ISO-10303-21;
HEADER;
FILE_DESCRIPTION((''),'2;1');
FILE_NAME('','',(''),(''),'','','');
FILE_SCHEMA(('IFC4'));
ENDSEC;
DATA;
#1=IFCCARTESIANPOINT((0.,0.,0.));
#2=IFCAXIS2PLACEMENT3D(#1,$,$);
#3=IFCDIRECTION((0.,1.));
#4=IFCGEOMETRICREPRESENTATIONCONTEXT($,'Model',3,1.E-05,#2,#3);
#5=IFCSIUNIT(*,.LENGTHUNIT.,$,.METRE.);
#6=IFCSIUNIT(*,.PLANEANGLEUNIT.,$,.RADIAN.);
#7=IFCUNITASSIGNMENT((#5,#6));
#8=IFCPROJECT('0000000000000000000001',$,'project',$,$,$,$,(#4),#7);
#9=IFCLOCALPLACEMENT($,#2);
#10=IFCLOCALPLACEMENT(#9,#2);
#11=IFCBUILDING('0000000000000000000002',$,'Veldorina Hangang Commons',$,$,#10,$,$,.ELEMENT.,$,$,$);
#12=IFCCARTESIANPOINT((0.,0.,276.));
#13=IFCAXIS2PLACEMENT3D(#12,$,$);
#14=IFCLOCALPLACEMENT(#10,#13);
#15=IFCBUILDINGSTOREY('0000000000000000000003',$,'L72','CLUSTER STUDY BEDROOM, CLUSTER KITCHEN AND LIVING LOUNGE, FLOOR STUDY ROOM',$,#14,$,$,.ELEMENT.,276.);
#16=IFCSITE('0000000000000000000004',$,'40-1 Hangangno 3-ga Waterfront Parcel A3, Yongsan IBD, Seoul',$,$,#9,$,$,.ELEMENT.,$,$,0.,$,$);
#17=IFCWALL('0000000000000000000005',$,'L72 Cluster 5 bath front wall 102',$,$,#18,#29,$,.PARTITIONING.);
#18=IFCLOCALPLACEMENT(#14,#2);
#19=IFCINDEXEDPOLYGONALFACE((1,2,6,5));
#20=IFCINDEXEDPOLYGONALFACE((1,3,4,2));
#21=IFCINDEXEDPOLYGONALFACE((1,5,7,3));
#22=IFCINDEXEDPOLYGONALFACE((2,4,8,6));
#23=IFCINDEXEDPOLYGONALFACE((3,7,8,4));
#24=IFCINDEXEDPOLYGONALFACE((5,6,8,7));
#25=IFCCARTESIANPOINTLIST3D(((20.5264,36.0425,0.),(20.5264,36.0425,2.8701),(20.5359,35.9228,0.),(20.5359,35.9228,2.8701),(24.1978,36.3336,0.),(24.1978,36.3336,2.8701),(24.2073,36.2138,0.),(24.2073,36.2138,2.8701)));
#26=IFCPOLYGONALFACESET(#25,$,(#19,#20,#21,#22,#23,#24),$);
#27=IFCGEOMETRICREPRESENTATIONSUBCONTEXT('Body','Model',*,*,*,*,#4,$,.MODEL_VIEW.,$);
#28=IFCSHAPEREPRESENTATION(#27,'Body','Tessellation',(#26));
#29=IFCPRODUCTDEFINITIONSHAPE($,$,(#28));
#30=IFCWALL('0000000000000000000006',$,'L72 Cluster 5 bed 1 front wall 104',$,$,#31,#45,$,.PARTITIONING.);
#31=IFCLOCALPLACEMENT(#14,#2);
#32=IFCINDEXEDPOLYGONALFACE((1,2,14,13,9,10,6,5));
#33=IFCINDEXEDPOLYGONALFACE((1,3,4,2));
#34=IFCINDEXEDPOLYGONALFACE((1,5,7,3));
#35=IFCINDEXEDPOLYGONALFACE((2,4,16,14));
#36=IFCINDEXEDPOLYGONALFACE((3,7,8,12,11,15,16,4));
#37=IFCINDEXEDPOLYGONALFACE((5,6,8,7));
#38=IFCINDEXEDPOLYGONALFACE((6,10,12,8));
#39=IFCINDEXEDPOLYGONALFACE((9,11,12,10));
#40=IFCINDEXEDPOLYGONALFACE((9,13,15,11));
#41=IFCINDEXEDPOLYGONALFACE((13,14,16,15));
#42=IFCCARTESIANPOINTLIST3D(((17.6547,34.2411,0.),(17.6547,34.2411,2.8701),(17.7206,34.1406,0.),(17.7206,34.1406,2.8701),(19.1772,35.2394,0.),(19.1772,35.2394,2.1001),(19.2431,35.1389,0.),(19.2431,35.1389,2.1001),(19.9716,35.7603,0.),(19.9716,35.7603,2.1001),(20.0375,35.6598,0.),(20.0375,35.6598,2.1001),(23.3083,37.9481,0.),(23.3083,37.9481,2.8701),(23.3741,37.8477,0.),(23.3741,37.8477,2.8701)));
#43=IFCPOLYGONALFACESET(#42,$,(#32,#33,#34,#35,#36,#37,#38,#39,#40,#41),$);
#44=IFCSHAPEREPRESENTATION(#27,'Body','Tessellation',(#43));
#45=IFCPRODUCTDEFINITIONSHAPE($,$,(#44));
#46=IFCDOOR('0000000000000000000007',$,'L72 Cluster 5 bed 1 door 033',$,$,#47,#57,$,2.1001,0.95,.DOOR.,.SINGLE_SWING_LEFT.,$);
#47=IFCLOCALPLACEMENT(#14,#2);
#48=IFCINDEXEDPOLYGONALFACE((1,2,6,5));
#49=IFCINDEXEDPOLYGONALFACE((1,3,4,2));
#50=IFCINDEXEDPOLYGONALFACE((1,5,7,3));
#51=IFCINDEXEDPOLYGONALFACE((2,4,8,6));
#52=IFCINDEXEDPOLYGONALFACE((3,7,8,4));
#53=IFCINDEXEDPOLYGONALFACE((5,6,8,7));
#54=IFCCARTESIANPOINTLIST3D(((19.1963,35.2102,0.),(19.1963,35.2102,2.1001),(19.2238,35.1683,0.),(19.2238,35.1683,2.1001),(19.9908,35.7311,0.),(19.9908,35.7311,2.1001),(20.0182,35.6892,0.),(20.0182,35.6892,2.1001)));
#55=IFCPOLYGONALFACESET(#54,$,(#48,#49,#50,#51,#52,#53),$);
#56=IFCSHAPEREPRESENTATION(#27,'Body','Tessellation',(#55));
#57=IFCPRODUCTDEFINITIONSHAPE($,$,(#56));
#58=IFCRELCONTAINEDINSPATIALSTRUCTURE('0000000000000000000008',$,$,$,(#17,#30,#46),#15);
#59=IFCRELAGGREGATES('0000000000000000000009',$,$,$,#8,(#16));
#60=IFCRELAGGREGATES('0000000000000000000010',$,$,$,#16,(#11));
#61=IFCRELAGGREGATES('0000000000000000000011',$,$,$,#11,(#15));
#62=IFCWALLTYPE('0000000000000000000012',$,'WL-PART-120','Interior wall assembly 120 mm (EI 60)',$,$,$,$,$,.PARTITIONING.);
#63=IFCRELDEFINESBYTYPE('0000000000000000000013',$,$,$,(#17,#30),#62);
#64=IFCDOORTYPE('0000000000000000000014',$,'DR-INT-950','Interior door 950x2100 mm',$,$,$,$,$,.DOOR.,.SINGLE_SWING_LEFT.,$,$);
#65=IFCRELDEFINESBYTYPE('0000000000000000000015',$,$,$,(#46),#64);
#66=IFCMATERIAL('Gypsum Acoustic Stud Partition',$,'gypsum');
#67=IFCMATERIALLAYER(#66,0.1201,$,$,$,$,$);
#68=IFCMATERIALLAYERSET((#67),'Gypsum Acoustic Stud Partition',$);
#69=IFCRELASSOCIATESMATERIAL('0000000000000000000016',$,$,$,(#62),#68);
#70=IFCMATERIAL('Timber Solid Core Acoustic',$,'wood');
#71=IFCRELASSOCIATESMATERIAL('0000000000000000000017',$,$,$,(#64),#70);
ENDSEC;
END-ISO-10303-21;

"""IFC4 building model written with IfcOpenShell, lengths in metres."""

from ifc_helpers import new_model, si_unit, direction, frame, frame_2d, origin, place, context, subcontext, project, spatial, rectangle, extrude, material, layer, layer_set, type_object, element, fill, save


model = new_model("IFC4")

# Units and contexts
model_context = context("Model", 3, precision=1e-05, world=origin(), true_north=direction((0.0, 1.0)))
body_context = subcontext(model_context, "Body", "Model", "MODEL_VIEW")
ifc_project = project(units=[si_unit("LENGTHUNIT", "METRE"), si_unit("PLANEANGLEUNIT", "RADIAN")], contexts=[model_context])

# Site, building, storey
site_placement = place(None, origin())
site = spatial("IfcSite", under=ifc_project, at=site_placement, Name="40-1 Hangangno 3-ga Waterfront Parcel A3, Yongsan IBD, Seoul", CompositionType="ELEMENT", RefElevation=0.0)
building_placement = place(site_placement, origin())
building = spatial("IfcBuilding", under=site, at=building_placement, Name="Veldorina Hangang Commons", CompositionType="ELEMENT")
storey_placement = place(building_placement, frame((0.0, 0.0, 276.0)))
storey = spatial("IfcBuildingStorey", under=building, at=storey_placement, Name="L72", Description="CLUSTER STUDY BEDROOM, CLUSTER KITCHEN AND LIVING LOUNGE, FLOOR STUDY ROOM", CompositionType="ELEMENT", Elevation=276.0)

# Shared definitions
ifc_material_1 = material(Name="Gypsum Acoustic Stud Partition", Category="gypsum")
ifc_layer_1 = layer(ifc_material_1, 0.1201)
ifc_layer_set_1 = layer_set([ifc_layer_1], Name="Gypsum Acoustic Stud Partition")
wall_type_1 = type_object("IfcWallType", Name="WL-PART-120", Description="Interior wall assembly 120 mm (EI 60)", PredefinedType="PARTITIONING", material=ifc_layer_set_1)
ifc_material_2 = material(Name="Timber Solid Core Acoustic", Category="wood")
door_type = type_object("IfcDoorType", Name="DR-INT-950", Description="Interior door 950x2100 mm", OperationType="SINGLE_SWING_LEFT", PredefinedType="DOOR", material=ifc_material_2)

# Wall
wall_1_placement = place(storey_placement, frame((24.2024, 36.2737, 0.0), z_axis=(0.0, 0.0, 1.0), x_axis=(-0.996873, -0.079018, 0.0)))
element("IfcWall", 1, at=wall_1_placement, inside=storey, type_object=wall_type_1, Name="L72 Cluster 5 bath front wall 102", PredefinedType="PARTITIONING", context=body_context, shape_type="SweptSolid", body=[
    extrude(rectangle(XDim=3.6829, YDim=0.1201, at=frame_2d((1.8413, 0.0))), origin(), (0.0, 0.0, 1.0), 2.8701),
])

# Wall, opening, door
wall_2_placement = place(storey_placement, frame((23.3413, 37.8979, 0.0), z_axis=(0.0, 0.0, 1.0), x_axis=(-0.83626, -0.548334, 0.0)))
wall_2 = element("IfcWall", 2, at=wall_2_placement, inside=storey, type_object=wall_type_1, Name="L72 Cluster 5 bed 1 front wall 104", PredefinedType="PARTITIONING", context=body_context, shape_type="SweptSolid", body=[
    extrude(rectangle(XDim=6.7605, YDim=0.1201, at=frame_2d((3.3804, 0.0))), origin(), (0.0, 0.0, 1.0), 2.8701),
])
opening_1_placement = place(wall_2_placement, frame((3.99, 0.0, 0.0)))
opening_1 = element("IfcOpeningElement", 3, at=opening_1_placement, cuts=wall_2, PredefinedType="OPENING", context=body_context, shape_type="SweptSolid", body=[
    extrude(rectangle(XDim=0.95, YDim=2.1001, at=frame_2d((0.4751, 1.05))), frame((0.0, 0.0701, 0.0), z_axis=(0.0, -1.0, 0.0), x_axis=(1.0, 0.0, 0.0)), (0.0, 0.0, 1.0), 0.1401),
])
door_1_placement = place(opening_1_placement, origin())
door_1 = element("IfcDoor", 4, at=door_1_placement, inside=storey, type_object=door_type, Name="L72 Cluster 5 bed 1 door 033", OperationType="SINGLE_SWING_LEFT", OverallHeight=2.1001, OverallWidth=0.95, PredefinedType="DOOR", context=body_context, shape_type="SweptSolid", body=[
    extrude(rectangle(XDim=0.95, YDim=2.1001, at=frame_2d((0.4751, 1.05))), frame((0.0, 0.0249, 0.0), z_axis=(0.0, -1.0, 0.0), x_axis=(1.0, 0.0, 0.0)), (0.0, 0.0, 1.0), 0.05),
])
fill(opening_1, door_1)

save(model, "model.ifc")
